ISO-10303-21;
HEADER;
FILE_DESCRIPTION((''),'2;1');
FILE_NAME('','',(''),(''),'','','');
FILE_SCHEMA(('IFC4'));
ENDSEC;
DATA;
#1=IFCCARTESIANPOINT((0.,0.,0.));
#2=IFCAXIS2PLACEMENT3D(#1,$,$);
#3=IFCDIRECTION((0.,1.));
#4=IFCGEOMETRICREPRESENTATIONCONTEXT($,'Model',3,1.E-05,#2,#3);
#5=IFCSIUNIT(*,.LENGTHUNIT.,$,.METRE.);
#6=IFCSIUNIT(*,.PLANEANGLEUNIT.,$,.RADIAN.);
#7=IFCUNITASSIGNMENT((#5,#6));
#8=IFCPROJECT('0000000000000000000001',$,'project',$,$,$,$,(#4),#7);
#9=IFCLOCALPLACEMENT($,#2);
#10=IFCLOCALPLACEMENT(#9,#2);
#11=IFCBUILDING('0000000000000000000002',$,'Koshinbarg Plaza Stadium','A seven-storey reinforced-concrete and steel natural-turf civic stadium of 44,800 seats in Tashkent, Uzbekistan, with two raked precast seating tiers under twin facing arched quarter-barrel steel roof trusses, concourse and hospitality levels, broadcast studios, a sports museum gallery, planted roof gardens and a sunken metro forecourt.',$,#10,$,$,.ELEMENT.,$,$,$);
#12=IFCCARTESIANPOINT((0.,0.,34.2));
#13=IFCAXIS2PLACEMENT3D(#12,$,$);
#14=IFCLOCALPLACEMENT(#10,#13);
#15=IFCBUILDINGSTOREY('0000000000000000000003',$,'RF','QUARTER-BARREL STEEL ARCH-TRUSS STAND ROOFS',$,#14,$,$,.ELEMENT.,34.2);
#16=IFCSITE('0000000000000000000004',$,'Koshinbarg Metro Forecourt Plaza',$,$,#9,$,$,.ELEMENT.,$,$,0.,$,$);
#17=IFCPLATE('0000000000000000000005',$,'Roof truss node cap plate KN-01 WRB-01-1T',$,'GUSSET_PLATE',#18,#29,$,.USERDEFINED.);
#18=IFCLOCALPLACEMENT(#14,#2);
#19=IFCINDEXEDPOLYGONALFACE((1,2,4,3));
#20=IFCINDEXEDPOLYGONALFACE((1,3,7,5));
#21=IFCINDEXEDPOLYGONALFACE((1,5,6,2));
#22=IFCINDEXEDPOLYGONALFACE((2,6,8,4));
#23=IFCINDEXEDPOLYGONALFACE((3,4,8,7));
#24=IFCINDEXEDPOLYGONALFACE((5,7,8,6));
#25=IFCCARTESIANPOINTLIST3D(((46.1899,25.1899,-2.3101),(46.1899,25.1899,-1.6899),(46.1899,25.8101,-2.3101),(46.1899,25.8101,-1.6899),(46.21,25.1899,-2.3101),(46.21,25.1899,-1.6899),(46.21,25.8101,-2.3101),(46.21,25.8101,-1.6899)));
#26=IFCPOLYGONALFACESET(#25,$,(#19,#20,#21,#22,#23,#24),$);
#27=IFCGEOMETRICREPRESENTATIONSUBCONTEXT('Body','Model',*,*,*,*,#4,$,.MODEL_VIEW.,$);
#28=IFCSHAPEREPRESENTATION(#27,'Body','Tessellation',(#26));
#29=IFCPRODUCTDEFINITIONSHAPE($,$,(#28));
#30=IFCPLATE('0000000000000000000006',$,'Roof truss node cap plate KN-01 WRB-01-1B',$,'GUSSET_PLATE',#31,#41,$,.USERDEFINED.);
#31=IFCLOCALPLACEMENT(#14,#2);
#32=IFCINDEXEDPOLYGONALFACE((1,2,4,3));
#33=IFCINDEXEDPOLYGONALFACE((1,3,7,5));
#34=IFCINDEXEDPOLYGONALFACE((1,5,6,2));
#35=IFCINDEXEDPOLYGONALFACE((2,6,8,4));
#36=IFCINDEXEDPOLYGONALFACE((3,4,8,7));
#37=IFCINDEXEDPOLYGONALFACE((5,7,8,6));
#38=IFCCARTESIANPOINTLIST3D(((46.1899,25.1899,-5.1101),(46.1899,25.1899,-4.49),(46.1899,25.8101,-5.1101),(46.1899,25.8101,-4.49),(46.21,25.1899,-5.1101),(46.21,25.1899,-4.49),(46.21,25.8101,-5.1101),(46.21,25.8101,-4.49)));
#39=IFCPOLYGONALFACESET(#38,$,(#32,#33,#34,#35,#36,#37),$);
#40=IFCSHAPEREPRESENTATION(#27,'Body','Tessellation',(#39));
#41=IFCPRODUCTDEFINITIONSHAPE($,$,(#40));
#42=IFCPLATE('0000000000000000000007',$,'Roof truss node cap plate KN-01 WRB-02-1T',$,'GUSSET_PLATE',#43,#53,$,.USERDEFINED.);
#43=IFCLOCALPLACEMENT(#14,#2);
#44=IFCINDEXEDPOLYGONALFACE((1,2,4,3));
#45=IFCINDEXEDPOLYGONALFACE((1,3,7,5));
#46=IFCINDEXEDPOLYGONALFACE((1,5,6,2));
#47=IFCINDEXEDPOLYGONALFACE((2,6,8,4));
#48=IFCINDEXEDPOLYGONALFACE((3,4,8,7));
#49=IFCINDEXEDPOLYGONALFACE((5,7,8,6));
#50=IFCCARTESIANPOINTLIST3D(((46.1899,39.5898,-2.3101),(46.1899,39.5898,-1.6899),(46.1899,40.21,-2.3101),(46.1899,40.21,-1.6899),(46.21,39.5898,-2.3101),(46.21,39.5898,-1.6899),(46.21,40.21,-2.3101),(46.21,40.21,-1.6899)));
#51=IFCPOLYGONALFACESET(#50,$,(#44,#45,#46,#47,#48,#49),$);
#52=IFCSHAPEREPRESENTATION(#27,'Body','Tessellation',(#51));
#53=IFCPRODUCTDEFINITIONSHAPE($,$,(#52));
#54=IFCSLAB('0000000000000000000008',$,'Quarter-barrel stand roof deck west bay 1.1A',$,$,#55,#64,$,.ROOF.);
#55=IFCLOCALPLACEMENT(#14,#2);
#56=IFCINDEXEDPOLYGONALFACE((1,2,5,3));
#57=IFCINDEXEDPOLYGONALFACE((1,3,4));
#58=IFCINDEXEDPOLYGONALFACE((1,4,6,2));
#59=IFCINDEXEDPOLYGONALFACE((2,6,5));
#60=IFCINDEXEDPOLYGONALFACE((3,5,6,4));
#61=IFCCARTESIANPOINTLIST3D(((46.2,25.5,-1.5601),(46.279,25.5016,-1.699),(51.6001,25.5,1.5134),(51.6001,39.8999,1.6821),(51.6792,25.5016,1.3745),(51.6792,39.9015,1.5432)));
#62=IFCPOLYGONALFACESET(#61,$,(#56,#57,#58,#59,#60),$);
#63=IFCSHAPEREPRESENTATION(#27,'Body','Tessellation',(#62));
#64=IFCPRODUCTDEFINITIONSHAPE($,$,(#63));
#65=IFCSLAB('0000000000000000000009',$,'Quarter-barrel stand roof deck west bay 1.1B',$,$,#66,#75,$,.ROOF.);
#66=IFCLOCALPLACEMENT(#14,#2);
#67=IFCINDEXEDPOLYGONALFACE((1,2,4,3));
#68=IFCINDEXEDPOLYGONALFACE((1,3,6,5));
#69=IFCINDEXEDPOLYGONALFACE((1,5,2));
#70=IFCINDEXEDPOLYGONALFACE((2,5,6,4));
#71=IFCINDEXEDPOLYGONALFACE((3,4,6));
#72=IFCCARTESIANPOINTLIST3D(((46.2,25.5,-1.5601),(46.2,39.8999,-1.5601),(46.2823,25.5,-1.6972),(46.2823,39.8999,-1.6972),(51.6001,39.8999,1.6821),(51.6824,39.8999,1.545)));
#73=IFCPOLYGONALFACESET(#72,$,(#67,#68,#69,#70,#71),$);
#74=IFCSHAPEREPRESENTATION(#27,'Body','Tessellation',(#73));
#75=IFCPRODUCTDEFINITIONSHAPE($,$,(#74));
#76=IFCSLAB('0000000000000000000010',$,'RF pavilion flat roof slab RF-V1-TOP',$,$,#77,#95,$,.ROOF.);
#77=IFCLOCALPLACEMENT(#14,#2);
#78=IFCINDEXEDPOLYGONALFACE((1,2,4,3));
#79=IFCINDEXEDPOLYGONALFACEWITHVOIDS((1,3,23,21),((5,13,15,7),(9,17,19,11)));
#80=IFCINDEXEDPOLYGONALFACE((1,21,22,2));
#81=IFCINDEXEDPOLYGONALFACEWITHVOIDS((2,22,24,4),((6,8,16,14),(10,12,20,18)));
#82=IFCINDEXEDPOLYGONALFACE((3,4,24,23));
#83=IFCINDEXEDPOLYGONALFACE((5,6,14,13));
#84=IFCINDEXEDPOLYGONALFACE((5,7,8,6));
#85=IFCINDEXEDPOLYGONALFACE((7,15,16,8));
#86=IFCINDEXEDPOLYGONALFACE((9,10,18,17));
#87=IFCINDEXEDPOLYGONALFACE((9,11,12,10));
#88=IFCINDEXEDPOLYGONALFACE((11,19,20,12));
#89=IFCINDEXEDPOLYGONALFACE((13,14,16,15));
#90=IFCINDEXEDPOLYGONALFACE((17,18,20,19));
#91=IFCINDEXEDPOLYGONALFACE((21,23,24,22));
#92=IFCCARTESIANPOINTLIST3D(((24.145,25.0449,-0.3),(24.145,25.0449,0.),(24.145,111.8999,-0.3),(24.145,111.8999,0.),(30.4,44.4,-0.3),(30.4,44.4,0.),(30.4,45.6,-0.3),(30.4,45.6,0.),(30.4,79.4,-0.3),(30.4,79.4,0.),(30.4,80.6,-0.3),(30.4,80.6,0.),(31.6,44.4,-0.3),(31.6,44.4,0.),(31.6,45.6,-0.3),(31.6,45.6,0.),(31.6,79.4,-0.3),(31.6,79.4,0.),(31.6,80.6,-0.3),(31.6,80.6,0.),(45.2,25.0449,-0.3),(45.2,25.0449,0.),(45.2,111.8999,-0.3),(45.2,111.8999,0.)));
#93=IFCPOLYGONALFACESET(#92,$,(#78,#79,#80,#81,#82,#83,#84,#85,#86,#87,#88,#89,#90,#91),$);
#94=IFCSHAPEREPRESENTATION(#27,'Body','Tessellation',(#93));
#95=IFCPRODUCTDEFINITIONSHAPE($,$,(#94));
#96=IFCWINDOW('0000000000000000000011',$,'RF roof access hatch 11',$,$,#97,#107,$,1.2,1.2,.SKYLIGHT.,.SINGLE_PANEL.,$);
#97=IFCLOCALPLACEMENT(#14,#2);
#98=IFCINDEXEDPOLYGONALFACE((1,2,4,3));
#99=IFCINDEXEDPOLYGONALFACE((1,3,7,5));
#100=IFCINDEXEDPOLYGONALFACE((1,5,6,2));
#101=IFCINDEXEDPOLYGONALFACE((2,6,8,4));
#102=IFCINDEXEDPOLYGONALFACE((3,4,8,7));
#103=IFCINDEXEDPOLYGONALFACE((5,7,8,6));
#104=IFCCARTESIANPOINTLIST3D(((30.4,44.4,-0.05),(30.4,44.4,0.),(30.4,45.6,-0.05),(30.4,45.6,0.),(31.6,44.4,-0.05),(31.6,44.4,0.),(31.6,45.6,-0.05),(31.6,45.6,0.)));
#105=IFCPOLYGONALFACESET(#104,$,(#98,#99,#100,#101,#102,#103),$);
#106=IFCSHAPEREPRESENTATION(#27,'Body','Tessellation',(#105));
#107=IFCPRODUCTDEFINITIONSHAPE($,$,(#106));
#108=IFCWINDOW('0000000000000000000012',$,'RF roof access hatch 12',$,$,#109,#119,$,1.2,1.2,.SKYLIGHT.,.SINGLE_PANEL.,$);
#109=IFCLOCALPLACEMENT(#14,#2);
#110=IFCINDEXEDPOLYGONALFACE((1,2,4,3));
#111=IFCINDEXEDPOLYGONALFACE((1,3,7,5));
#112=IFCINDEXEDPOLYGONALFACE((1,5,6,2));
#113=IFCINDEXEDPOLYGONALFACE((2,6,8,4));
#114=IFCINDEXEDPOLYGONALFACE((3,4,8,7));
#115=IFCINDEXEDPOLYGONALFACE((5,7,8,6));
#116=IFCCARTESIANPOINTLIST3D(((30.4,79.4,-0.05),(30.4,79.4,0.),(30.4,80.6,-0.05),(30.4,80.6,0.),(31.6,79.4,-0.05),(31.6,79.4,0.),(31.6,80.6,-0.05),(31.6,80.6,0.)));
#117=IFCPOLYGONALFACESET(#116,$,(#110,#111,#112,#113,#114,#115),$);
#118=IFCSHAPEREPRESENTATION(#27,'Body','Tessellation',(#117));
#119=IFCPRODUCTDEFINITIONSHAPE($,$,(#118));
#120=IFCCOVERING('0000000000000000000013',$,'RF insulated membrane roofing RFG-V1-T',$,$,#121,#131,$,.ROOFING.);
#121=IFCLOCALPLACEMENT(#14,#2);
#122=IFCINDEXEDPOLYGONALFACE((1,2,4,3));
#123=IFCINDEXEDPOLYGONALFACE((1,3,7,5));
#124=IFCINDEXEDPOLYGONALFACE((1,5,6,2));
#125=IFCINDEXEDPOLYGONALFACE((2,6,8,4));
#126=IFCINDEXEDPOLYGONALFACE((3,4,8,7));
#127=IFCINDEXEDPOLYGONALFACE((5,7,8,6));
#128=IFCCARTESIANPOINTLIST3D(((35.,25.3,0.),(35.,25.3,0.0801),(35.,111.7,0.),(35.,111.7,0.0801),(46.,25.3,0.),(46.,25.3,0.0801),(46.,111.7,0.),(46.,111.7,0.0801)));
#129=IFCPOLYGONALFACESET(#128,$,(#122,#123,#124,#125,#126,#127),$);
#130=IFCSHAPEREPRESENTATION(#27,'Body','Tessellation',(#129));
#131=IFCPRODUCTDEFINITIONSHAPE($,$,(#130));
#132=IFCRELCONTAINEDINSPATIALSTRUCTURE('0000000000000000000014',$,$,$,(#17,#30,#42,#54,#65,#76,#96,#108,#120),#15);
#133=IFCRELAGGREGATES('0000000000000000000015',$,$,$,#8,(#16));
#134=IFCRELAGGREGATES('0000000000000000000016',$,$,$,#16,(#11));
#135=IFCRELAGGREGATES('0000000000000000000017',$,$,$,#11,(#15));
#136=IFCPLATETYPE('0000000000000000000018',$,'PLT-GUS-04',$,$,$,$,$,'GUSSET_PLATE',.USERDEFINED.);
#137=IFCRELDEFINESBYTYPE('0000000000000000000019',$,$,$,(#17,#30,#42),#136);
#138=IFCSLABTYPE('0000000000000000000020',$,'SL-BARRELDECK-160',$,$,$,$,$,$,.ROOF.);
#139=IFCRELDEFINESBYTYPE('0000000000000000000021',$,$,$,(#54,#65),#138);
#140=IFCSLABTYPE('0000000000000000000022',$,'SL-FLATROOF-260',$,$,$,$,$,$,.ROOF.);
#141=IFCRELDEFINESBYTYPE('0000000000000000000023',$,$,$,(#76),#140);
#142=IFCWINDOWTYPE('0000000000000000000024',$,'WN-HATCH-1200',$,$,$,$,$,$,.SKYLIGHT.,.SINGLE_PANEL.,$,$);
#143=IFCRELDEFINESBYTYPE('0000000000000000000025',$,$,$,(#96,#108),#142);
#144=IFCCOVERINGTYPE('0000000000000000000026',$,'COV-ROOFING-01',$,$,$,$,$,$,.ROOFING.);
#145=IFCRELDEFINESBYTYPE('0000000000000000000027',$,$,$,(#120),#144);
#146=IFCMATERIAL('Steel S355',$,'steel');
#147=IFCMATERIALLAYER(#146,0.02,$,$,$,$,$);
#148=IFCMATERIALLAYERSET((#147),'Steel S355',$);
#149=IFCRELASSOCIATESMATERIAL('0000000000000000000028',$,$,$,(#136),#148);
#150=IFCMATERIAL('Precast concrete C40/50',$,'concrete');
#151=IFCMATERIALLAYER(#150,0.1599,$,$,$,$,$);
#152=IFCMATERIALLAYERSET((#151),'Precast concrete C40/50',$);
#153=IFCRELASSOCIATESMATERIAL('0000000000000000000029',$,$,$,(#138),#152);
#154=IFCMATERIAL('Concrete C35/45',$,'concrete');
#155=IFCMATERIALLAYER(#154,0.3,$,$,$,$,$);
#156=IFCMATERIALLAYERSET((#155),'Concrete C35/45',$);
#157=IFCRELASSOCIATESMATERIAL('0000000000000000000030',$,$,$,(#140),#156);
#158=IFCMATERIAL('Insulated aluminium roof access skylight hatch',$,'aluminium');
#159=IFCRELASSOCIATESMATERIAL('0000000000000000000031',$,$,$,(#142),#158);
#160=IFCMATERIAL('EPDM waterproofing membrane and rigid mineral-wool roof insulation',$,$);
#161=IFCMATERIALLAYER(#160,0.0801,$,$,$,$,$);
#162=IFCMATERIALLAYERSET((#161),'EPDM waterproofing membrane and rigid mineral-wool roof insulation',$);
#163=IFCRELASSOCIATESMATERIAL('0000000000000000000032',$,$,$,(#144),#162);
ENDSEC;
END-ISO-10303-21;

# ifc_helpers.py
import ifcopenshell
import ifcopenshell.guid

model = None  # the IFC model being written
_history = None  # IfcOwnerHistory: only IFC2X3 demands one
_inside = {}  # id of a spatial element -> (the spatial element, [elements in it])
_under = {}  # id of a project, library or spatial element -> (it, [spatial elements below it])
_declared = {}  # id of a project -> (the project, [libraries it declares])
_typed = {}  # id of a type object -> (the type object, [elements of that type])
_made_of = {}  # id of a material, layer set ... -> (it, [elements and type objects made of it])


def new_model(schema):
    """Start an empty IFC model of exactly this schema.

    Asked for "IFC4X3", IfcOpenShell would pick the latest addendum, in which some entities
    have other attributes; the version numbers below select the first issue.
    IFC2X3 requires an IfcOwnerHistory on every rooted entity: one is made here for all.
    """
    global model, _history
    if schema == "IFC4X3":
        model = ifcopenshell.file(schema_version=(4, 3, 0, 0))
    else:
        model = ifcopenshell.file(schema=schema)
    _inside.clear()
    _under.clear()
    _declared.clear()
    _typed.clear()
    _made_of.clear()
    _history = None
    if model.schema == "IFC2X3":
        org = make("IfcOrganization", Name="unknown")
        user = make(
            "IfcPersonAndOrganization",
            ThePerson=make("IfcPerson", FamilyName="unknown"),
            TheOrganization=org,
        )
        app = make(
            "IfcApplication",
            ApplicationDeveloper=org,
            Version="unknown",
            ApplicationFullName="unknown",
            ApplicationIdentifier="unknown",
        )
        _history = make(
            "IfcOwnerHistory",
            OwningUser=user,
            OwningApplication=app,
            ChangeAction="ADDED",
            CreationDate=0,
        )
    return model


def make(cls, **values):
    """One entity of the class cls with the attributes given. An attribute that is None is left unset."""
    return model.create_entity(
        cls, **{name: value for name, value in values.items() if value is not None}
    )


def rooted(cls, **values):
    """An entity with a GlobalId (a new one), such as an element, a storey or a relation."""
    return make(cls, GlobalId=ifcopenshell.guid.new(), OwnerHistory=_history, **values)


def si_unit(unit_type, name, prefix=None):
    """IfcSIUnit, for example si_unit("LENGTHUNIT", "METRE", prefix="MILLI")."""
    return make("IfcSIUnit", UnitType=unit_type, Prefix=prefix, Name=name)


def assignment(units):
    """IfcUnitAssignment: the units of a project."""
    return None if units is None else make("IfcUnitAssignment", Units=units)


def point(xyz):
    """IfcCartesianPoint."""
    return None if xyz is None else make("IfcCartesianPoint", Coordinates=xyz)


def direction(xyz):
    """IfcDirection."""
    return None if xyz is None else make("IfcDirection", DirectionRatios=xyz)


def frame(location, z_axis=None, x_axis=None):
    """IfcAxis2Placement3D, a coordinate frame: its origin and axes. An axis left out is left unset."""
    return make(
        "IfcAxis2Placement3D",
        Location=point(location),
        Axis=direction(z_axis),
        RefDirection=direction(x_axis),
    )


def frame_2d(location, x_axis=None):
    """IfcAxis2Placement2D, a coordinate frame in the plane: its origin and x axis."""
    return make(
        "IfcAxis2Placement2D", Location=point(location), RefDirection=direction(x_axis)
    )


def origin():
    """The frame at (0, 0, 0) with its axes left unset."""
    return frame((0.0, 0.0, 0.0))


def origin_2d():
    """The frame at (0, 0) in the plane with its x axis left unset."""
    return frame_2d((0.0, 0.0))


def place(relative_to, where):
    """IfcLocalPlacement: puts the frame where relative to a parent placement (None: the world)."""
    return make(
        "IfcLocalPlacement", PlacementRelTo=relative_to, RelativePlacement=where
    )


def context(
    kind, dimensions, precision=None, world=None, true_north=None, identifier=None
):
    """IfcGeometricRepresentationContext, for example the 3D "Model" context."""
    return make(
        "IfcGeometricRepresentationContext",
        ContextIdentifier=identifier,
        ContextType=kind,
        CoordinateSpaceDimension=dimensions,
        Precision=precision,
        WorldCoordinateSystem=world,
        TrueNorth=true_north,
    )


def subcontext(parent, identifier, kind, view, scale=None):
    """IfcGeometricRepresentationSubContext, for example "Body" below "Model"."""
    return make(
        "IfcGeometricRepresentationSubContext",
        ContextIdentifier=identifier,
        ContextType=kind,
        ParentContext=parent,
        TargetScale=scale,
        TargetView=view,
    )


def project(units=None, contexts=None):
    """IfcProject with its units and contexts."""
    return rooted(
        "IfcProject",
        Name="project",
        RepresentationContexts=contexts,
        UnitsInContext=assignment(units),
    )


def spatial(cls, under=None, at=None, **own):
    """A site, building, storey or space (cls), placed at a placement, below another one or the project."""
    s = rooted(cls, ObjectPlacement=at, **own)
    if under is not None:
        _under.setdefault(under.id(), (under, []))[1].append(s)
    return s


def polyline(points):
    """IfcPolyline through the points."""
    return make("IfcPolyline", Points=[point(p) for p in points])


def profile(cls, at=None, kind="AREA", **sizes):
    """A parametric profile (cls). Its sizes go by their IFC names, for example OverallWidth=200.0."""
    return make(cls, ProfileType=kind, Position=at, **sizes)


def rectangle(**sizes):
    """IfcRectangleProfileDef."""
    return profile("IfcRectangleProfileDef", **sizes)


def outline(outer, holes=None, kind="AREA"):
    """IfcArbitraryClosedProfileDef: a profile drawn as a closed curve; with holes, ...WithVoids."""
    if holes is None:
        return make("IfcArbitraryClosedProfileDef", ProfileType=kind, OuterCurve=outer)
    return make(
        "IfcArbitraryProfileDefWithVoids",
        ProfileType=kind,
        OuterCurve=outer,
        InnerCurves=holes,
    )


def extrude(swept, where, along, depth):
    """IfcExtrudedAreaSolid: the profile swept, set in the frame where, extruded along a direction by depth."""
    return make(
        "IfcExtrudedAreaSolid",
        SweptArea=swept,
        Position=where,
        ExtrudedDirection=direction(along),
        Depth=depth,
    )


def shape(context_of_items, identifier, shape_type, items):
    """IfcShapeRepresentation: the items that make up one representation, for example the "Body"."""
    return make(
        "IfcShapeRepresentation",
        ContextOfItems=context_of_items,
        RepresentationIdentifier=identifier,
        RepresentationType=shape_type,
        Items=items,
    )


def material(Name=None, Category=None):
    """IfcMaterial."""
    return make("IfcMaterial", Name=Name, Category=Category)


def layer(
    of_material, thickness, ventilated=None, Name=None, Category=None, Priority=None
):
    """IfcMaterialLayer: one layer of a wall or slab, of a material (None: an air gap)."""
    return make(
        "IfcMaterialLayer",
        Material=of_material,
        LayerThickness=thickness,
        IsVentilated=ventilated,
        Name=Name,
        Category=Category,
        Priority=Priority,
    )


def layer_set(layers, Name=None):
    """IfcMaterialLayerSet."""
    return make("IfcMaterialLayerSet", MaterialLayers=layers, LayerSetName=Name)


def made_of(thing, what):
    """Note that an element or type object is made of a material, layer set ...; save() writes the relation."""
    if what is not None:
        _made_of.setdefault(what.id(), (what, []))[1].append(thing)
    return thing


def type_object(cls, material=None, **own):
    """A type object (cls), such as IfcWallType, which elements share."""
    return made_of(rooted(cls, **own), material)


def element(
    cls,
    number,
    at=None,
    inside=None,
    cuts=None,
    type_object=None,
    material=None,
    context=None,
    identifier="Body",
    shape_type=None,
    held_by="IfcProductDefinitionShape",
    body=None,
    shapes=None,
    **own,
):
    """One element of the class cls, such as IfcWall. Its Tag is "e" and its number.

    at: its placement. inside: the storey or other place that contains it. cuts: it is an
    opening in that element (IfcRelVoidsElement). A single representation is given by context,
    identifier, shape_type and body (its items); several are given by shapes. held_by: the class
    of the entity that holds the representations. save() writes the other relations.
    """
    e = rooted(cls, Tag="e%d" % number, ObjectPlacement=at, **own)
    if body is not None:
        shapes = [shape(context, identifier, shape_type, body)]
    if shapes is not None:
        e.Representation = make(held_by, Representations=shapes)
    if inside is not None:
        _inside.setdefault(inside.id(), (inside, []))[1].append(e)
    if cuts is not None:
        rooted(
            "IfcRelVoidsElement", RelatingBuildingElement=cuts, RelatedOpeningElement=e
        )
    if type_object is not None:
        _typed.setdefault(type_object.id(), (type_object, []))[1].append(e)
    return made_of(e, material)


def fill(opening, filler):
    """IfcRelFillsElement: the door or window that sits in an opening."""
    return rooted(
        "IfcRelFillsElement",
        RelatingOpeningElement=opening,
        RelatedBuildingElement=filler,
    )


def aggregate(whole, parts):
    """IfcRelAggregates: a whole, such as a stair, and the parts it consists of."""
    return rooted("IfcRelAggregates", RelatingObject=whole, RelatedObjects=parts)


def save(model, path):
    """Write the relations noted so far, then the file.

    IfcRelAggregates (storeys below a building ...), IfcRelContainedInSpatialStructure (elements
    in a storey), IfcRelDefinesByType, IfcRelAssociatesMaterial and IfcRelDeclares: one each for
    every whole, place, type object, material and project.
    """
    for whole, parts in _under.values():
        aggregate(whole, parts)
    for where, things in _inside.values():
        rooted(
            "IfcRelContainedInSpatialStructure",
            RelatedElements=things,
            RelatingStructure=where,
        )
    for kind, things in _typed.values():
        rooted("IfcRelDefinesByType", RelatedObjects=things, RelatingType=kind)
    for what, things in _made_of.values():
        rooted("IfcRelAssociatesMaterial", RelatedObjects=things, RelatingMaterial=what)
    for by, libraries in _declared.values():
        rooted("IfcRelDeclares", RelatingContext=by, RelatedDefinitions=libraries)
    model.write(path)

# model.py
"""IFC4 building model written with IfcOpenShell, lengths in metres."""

from ifc_helpers import new_model, si_unit, direction, frame, origin, origin_2d, place, context, subcontext, project, spatial, polyline, rectangle, outline, extrude, material, layer, layer_set, type_object, element, fill, save


model = new_model("IFC4")

# Units and contexts
model_context = context("Model", 3, precision=1e-05, world=origin(), true_north=direction((0.0, 1.0)))
body_context = subcontext(model_context, "Body", "Model", "MODEL_VIEW")
ifc_project = project(units=[si_unit("LENGTHUNIT", "METRE"), si_unit("PLANEANGLEUNIT", "RADIAN")], contexts=[model_context])

# Site, building, storey
site_placement = place(None, origin())
site = spatial("IfcSite", under=ifc_project, at=site_placement, Name="Koshinbarg Metro Forecourt Plaza", CompositionType="ELEMENT", RefElevation=0.0)
building_placement = place(site_placement, origin())
building = spatial("IfcBuilding", under=site, at=building_placement, Name="Koshinbarg Plaza Stadium", Description="A seven-storey reinforced-concrete and steel natural-turf civic stadium of 44,800 seats in Tashkent, Uzbekistan, with two raked precast seating tiers under twin facing arched quarter-barrel steel roof trusses, concourse and hospitality levels, broadcast studios, a sports museum gallery, planted roof gardens and a sunken metro forecourt.", CompositionType="ELEMENT")
storey_placement = place(building_placement, frame((0.0, 0.0, 34.2)))
storey = spatial("IfcBuildingStorey", under=building, at=storey_placement, Name="RF", Description="QUARTER-BARREL STEEL ARCH-TRUSS STAND ROOFS", CompositionType="ELEMENT", Elevation=34.2)

# Shared definitions
ifc_material_1 = material(Name="Steel S355", Category="steel")

# Plates
ifc_layer_1 = layer(ifc_material_1, 0.02)
ifc_layer_set_1 = layer_set([ifc_layer_1], Name="Steel S355")
plate_type = type_object("IfcPlateType", Name="PLT-GUS-04", ElementType="GUSSET_PLATE", PredefinedType="USERDEFINED", material=ifc_layer_set_1)
for number, where, z_axis, x_axis, name in (
    (1, (46.2, 25.5, -2.3101), (0.0, 0.0, 1.0), (1.0, 0.0, 0.0), "Roof truss node cap plate KN-01 WRB-01-1T"),
    (2, (46.2, 25.5, -5.1101), (0.0, 0.0, 1.0), (1.0, 0.0, 0.0), "Roof truss node cap plate KN-01 WRB-01-1B"),
    (3, (46.2, 39.8999, -2.3101), (0.0, 0.0, 1.0), (1.0, 0.0, 0.0), "Roof truss node cap plate KN-01 WRB-02-1T"),
):
    element("IfcPlate", number, at=place(storey_placement, frame(where, z_axis=z_axis, x_axis=x_axis)), inside=storey, type_object=plate_type, Name=name, ObjectType="GUSSET_PLATE", PredefinedType="USERDEFINED", context=body_context, shape_type="SweptSolid", body=[
        extrude(rectangle(XDim=0.02, YDim=0.6201, at=origin_2d()), origin(), (0.0, 0.0, 1.0), 0.6201),
    ])

# Slabs
ifc_material_2 = material(Name="Precast concrete C40/50", Category="concrete")
ifc_layer_2 = layer(ifc_material_2, 0.1599)
ifc_layer_set_2 = layer_set([ifc_layer_2], Name="Precast concrete C40/50")
slab_type_1 = type_object("IfcSlabType", Name="SL-BARRELDECK-160", PredefinedType="ROOF", material=ifc_layer_set_2)
slab_1_placement = place(storey_placement, frame((46.2, 25.5, -1.5601), z_axis=(-0.494619, -0.010181, 0.86905), x_axis=(0.869095, 0.0, 0.494645)))
element("IfcSlab", 4, at=slab_1_placement, inside=storey, type_object=slab_type_1, Name="Quarter-barrel stand roof deck west bay 1.1A", PredefinedType="ROOF", context=body_context, shape_type="SweptSolid", body=[
    extrude(outline(polyline([(0.0, 0.0), (6.2135, 0.0), (6.297, 14.4006), (0.0, 0.0)])), origin(), (0.0, 0.0, -1.0), 0.1599),
])
slab_2_placement = place(storey_placement, frame((46.2, 25.5, -1.5601), z_axis=(-0.514741, 0.0, 0.857346), x_axis=(0.343582, 0.916187, 0.206283)))
element("IfcSlab", 5, at=slab_2_placement, inside=storey, type_object=slab_type_1, Name="Quarter-barrel stand roof deck west bay 1.1B", PredefinedType="ROOF", context=body_context, shape_type="SweptSolid", body=[
    extrude(outline(polyline([(0.0, 0.0), (15.7172, 0.0), (13.193, 5.7708), (0.0, 0.0)])), origin(), (0.0, 0.0, -1.0), 0.1599),
])

# Slab, openings, windows
ifc_material_3 = material(Name="Concrete C35/45", Category="concrete")
ifc_layer_3 = layer(ifc_material_3, 0.3)
ifc_layer_set_3 = layer_set([ifc_layer_3], Name="Concrete C35/45")
slab_type_2 = type_object("IfcSlabType", Name="SL-FLATROOF-260", PredefinedType="ROOF", material=ifc_layer_set_3)
slab_3_placement = place(storey_placement, frame((0.0, 0.0, -0.3)))
slab_3 = element("IfcSlab", 6, at=slab_3_placement, inside=storey, type_object=slab_type_2, Name="RF pavilion flat roof slab RF-V1-TOP", PredefinedType="ROOF", context=body_context, shape_type="SweptSolid", body=[
    extrude(outline(polyline([(24.145, 25.0449), (45.2, 25.0449), (45.2, 111.8999), (24.145, 111.8999), (24.145, 25.0449)])), origin(), (0.0, 0.0, 1.0), 0.3),
])
opening_1_placement = place(slab_3_placement, frame((31.0, 45.0, 0.0)))
opening_1 = element("IfcOpeningElement", 7, at=opening_1_placement, cuts=slab_3, PredefinedType="OPENING", context=body_context, shape_type="SweptSolid", body=[
    extrude(rectangle(XDim=1.2, YDim=1.2, at=origin_2d()), frame((0.0, 0.0, -0.01)), (0.0, 0.0, 1.0), 0.3201),
])
opening_2_placement = place(slab_3_placement, frame((31.0, 80.0, 0.0)))
opening_2 = element("IfcOpeningElement", 8, at=opening_2_placement, cuts=slab_3, PredefinedType="OPENING", context=body_context, shape_type="SweptSolid", body=[
    extrude(rectangle(XDim=1.2, YDim=1.2, at=origin_2d()), frame((0.0, 0.0, -0.01)), (0.0, 0.0, 1.0), 0.3201),
])
ifc_material_4 = material(Name="Insulated aluminium roof access skylight hatch", Category="aluminium")
window_type = type_object("IfcWindowType", Name="WN-HATCH-1200", PartitioningType="SINGLE_PANEL", PredefinedType="SKYLIGHT", material=ifc_material_4)
window_1_placement = place(opening_1_placement, frame((0.0, 0.0, 0.25)))
window_1 = element("IfcWindow", 9, at=window_1_placement, inside=storey, type_object=window_type, Name="RF roof access hatch 11", OverallHeight=1.2, OverallWidth=1.2, PartitioningType="SINGLE_PANEL", PredefinedType="SKYLIGHT", context=body_context, shape_type="SweptSolid", body=[
    extrude(rectangle(XDim=1.2, YDim=1.2, at=origin_2d()), origin(), (0.0, 0.0, 1.0), 0.05),
])
fill(opening_1, window_1)
window_2_placement = place(opening_2_placement, frame((0.0, 0.0, 0.25)))
window_2 = element("IfcWindow", 10, at=window_2_placement, inside=storey, type_object=window_type, Name="RF roof access hatch 12", OverallHeight=1.2, OverallWidth=1.2, PartitioningType="SINGLE_PANEL", PredefinedType="SKYLIGHT", context=body_context, shape_type="SweptSolid", body=[
    extrude(rectangle(XDim=1.2, YDim=1.2, at=origin_2d()), origin(), (0.0, 0.0, 1.0), 0.05),
])
fill(opening_2, window_2)

# Covering
ifc_material_5 = material(Name="EPDM waterproofing membrane and rigid mineral-wool roof insulation")
ifc_layer_4 = layer(ifc_material_5, 0.0801)
ifc_layer_set_4 = layer_set([ifc_layer_4], Name="EPDM waterproofing membrane and rigid mineral-wool roof insulation")
covering_type = type_object("IfcCoveringType", Name="COV-ROOFING-01", PredefinedType="ROOFING", material=ifc_layer_set_4)
covering_placement = place(storey_placement, origin())
element("IfcCovering", 11, at=covering_placement, inside=storey, type_object=covering_type, Name="RF insulated membrane roofing RFG-V1-T", PredefinedType="ROOFING", context=body_context, shape_type="SweptSolid", body=[
    extrude(outline(polyline([(35.0, 25.3), (46.0, 25.3), (46.0, 111.7), (35.0, 111.7), (35.0, 25.3)])), origin(), (0.0, 0.0, 1.0), 0.0801),
])

save(model, "model.ifc")
